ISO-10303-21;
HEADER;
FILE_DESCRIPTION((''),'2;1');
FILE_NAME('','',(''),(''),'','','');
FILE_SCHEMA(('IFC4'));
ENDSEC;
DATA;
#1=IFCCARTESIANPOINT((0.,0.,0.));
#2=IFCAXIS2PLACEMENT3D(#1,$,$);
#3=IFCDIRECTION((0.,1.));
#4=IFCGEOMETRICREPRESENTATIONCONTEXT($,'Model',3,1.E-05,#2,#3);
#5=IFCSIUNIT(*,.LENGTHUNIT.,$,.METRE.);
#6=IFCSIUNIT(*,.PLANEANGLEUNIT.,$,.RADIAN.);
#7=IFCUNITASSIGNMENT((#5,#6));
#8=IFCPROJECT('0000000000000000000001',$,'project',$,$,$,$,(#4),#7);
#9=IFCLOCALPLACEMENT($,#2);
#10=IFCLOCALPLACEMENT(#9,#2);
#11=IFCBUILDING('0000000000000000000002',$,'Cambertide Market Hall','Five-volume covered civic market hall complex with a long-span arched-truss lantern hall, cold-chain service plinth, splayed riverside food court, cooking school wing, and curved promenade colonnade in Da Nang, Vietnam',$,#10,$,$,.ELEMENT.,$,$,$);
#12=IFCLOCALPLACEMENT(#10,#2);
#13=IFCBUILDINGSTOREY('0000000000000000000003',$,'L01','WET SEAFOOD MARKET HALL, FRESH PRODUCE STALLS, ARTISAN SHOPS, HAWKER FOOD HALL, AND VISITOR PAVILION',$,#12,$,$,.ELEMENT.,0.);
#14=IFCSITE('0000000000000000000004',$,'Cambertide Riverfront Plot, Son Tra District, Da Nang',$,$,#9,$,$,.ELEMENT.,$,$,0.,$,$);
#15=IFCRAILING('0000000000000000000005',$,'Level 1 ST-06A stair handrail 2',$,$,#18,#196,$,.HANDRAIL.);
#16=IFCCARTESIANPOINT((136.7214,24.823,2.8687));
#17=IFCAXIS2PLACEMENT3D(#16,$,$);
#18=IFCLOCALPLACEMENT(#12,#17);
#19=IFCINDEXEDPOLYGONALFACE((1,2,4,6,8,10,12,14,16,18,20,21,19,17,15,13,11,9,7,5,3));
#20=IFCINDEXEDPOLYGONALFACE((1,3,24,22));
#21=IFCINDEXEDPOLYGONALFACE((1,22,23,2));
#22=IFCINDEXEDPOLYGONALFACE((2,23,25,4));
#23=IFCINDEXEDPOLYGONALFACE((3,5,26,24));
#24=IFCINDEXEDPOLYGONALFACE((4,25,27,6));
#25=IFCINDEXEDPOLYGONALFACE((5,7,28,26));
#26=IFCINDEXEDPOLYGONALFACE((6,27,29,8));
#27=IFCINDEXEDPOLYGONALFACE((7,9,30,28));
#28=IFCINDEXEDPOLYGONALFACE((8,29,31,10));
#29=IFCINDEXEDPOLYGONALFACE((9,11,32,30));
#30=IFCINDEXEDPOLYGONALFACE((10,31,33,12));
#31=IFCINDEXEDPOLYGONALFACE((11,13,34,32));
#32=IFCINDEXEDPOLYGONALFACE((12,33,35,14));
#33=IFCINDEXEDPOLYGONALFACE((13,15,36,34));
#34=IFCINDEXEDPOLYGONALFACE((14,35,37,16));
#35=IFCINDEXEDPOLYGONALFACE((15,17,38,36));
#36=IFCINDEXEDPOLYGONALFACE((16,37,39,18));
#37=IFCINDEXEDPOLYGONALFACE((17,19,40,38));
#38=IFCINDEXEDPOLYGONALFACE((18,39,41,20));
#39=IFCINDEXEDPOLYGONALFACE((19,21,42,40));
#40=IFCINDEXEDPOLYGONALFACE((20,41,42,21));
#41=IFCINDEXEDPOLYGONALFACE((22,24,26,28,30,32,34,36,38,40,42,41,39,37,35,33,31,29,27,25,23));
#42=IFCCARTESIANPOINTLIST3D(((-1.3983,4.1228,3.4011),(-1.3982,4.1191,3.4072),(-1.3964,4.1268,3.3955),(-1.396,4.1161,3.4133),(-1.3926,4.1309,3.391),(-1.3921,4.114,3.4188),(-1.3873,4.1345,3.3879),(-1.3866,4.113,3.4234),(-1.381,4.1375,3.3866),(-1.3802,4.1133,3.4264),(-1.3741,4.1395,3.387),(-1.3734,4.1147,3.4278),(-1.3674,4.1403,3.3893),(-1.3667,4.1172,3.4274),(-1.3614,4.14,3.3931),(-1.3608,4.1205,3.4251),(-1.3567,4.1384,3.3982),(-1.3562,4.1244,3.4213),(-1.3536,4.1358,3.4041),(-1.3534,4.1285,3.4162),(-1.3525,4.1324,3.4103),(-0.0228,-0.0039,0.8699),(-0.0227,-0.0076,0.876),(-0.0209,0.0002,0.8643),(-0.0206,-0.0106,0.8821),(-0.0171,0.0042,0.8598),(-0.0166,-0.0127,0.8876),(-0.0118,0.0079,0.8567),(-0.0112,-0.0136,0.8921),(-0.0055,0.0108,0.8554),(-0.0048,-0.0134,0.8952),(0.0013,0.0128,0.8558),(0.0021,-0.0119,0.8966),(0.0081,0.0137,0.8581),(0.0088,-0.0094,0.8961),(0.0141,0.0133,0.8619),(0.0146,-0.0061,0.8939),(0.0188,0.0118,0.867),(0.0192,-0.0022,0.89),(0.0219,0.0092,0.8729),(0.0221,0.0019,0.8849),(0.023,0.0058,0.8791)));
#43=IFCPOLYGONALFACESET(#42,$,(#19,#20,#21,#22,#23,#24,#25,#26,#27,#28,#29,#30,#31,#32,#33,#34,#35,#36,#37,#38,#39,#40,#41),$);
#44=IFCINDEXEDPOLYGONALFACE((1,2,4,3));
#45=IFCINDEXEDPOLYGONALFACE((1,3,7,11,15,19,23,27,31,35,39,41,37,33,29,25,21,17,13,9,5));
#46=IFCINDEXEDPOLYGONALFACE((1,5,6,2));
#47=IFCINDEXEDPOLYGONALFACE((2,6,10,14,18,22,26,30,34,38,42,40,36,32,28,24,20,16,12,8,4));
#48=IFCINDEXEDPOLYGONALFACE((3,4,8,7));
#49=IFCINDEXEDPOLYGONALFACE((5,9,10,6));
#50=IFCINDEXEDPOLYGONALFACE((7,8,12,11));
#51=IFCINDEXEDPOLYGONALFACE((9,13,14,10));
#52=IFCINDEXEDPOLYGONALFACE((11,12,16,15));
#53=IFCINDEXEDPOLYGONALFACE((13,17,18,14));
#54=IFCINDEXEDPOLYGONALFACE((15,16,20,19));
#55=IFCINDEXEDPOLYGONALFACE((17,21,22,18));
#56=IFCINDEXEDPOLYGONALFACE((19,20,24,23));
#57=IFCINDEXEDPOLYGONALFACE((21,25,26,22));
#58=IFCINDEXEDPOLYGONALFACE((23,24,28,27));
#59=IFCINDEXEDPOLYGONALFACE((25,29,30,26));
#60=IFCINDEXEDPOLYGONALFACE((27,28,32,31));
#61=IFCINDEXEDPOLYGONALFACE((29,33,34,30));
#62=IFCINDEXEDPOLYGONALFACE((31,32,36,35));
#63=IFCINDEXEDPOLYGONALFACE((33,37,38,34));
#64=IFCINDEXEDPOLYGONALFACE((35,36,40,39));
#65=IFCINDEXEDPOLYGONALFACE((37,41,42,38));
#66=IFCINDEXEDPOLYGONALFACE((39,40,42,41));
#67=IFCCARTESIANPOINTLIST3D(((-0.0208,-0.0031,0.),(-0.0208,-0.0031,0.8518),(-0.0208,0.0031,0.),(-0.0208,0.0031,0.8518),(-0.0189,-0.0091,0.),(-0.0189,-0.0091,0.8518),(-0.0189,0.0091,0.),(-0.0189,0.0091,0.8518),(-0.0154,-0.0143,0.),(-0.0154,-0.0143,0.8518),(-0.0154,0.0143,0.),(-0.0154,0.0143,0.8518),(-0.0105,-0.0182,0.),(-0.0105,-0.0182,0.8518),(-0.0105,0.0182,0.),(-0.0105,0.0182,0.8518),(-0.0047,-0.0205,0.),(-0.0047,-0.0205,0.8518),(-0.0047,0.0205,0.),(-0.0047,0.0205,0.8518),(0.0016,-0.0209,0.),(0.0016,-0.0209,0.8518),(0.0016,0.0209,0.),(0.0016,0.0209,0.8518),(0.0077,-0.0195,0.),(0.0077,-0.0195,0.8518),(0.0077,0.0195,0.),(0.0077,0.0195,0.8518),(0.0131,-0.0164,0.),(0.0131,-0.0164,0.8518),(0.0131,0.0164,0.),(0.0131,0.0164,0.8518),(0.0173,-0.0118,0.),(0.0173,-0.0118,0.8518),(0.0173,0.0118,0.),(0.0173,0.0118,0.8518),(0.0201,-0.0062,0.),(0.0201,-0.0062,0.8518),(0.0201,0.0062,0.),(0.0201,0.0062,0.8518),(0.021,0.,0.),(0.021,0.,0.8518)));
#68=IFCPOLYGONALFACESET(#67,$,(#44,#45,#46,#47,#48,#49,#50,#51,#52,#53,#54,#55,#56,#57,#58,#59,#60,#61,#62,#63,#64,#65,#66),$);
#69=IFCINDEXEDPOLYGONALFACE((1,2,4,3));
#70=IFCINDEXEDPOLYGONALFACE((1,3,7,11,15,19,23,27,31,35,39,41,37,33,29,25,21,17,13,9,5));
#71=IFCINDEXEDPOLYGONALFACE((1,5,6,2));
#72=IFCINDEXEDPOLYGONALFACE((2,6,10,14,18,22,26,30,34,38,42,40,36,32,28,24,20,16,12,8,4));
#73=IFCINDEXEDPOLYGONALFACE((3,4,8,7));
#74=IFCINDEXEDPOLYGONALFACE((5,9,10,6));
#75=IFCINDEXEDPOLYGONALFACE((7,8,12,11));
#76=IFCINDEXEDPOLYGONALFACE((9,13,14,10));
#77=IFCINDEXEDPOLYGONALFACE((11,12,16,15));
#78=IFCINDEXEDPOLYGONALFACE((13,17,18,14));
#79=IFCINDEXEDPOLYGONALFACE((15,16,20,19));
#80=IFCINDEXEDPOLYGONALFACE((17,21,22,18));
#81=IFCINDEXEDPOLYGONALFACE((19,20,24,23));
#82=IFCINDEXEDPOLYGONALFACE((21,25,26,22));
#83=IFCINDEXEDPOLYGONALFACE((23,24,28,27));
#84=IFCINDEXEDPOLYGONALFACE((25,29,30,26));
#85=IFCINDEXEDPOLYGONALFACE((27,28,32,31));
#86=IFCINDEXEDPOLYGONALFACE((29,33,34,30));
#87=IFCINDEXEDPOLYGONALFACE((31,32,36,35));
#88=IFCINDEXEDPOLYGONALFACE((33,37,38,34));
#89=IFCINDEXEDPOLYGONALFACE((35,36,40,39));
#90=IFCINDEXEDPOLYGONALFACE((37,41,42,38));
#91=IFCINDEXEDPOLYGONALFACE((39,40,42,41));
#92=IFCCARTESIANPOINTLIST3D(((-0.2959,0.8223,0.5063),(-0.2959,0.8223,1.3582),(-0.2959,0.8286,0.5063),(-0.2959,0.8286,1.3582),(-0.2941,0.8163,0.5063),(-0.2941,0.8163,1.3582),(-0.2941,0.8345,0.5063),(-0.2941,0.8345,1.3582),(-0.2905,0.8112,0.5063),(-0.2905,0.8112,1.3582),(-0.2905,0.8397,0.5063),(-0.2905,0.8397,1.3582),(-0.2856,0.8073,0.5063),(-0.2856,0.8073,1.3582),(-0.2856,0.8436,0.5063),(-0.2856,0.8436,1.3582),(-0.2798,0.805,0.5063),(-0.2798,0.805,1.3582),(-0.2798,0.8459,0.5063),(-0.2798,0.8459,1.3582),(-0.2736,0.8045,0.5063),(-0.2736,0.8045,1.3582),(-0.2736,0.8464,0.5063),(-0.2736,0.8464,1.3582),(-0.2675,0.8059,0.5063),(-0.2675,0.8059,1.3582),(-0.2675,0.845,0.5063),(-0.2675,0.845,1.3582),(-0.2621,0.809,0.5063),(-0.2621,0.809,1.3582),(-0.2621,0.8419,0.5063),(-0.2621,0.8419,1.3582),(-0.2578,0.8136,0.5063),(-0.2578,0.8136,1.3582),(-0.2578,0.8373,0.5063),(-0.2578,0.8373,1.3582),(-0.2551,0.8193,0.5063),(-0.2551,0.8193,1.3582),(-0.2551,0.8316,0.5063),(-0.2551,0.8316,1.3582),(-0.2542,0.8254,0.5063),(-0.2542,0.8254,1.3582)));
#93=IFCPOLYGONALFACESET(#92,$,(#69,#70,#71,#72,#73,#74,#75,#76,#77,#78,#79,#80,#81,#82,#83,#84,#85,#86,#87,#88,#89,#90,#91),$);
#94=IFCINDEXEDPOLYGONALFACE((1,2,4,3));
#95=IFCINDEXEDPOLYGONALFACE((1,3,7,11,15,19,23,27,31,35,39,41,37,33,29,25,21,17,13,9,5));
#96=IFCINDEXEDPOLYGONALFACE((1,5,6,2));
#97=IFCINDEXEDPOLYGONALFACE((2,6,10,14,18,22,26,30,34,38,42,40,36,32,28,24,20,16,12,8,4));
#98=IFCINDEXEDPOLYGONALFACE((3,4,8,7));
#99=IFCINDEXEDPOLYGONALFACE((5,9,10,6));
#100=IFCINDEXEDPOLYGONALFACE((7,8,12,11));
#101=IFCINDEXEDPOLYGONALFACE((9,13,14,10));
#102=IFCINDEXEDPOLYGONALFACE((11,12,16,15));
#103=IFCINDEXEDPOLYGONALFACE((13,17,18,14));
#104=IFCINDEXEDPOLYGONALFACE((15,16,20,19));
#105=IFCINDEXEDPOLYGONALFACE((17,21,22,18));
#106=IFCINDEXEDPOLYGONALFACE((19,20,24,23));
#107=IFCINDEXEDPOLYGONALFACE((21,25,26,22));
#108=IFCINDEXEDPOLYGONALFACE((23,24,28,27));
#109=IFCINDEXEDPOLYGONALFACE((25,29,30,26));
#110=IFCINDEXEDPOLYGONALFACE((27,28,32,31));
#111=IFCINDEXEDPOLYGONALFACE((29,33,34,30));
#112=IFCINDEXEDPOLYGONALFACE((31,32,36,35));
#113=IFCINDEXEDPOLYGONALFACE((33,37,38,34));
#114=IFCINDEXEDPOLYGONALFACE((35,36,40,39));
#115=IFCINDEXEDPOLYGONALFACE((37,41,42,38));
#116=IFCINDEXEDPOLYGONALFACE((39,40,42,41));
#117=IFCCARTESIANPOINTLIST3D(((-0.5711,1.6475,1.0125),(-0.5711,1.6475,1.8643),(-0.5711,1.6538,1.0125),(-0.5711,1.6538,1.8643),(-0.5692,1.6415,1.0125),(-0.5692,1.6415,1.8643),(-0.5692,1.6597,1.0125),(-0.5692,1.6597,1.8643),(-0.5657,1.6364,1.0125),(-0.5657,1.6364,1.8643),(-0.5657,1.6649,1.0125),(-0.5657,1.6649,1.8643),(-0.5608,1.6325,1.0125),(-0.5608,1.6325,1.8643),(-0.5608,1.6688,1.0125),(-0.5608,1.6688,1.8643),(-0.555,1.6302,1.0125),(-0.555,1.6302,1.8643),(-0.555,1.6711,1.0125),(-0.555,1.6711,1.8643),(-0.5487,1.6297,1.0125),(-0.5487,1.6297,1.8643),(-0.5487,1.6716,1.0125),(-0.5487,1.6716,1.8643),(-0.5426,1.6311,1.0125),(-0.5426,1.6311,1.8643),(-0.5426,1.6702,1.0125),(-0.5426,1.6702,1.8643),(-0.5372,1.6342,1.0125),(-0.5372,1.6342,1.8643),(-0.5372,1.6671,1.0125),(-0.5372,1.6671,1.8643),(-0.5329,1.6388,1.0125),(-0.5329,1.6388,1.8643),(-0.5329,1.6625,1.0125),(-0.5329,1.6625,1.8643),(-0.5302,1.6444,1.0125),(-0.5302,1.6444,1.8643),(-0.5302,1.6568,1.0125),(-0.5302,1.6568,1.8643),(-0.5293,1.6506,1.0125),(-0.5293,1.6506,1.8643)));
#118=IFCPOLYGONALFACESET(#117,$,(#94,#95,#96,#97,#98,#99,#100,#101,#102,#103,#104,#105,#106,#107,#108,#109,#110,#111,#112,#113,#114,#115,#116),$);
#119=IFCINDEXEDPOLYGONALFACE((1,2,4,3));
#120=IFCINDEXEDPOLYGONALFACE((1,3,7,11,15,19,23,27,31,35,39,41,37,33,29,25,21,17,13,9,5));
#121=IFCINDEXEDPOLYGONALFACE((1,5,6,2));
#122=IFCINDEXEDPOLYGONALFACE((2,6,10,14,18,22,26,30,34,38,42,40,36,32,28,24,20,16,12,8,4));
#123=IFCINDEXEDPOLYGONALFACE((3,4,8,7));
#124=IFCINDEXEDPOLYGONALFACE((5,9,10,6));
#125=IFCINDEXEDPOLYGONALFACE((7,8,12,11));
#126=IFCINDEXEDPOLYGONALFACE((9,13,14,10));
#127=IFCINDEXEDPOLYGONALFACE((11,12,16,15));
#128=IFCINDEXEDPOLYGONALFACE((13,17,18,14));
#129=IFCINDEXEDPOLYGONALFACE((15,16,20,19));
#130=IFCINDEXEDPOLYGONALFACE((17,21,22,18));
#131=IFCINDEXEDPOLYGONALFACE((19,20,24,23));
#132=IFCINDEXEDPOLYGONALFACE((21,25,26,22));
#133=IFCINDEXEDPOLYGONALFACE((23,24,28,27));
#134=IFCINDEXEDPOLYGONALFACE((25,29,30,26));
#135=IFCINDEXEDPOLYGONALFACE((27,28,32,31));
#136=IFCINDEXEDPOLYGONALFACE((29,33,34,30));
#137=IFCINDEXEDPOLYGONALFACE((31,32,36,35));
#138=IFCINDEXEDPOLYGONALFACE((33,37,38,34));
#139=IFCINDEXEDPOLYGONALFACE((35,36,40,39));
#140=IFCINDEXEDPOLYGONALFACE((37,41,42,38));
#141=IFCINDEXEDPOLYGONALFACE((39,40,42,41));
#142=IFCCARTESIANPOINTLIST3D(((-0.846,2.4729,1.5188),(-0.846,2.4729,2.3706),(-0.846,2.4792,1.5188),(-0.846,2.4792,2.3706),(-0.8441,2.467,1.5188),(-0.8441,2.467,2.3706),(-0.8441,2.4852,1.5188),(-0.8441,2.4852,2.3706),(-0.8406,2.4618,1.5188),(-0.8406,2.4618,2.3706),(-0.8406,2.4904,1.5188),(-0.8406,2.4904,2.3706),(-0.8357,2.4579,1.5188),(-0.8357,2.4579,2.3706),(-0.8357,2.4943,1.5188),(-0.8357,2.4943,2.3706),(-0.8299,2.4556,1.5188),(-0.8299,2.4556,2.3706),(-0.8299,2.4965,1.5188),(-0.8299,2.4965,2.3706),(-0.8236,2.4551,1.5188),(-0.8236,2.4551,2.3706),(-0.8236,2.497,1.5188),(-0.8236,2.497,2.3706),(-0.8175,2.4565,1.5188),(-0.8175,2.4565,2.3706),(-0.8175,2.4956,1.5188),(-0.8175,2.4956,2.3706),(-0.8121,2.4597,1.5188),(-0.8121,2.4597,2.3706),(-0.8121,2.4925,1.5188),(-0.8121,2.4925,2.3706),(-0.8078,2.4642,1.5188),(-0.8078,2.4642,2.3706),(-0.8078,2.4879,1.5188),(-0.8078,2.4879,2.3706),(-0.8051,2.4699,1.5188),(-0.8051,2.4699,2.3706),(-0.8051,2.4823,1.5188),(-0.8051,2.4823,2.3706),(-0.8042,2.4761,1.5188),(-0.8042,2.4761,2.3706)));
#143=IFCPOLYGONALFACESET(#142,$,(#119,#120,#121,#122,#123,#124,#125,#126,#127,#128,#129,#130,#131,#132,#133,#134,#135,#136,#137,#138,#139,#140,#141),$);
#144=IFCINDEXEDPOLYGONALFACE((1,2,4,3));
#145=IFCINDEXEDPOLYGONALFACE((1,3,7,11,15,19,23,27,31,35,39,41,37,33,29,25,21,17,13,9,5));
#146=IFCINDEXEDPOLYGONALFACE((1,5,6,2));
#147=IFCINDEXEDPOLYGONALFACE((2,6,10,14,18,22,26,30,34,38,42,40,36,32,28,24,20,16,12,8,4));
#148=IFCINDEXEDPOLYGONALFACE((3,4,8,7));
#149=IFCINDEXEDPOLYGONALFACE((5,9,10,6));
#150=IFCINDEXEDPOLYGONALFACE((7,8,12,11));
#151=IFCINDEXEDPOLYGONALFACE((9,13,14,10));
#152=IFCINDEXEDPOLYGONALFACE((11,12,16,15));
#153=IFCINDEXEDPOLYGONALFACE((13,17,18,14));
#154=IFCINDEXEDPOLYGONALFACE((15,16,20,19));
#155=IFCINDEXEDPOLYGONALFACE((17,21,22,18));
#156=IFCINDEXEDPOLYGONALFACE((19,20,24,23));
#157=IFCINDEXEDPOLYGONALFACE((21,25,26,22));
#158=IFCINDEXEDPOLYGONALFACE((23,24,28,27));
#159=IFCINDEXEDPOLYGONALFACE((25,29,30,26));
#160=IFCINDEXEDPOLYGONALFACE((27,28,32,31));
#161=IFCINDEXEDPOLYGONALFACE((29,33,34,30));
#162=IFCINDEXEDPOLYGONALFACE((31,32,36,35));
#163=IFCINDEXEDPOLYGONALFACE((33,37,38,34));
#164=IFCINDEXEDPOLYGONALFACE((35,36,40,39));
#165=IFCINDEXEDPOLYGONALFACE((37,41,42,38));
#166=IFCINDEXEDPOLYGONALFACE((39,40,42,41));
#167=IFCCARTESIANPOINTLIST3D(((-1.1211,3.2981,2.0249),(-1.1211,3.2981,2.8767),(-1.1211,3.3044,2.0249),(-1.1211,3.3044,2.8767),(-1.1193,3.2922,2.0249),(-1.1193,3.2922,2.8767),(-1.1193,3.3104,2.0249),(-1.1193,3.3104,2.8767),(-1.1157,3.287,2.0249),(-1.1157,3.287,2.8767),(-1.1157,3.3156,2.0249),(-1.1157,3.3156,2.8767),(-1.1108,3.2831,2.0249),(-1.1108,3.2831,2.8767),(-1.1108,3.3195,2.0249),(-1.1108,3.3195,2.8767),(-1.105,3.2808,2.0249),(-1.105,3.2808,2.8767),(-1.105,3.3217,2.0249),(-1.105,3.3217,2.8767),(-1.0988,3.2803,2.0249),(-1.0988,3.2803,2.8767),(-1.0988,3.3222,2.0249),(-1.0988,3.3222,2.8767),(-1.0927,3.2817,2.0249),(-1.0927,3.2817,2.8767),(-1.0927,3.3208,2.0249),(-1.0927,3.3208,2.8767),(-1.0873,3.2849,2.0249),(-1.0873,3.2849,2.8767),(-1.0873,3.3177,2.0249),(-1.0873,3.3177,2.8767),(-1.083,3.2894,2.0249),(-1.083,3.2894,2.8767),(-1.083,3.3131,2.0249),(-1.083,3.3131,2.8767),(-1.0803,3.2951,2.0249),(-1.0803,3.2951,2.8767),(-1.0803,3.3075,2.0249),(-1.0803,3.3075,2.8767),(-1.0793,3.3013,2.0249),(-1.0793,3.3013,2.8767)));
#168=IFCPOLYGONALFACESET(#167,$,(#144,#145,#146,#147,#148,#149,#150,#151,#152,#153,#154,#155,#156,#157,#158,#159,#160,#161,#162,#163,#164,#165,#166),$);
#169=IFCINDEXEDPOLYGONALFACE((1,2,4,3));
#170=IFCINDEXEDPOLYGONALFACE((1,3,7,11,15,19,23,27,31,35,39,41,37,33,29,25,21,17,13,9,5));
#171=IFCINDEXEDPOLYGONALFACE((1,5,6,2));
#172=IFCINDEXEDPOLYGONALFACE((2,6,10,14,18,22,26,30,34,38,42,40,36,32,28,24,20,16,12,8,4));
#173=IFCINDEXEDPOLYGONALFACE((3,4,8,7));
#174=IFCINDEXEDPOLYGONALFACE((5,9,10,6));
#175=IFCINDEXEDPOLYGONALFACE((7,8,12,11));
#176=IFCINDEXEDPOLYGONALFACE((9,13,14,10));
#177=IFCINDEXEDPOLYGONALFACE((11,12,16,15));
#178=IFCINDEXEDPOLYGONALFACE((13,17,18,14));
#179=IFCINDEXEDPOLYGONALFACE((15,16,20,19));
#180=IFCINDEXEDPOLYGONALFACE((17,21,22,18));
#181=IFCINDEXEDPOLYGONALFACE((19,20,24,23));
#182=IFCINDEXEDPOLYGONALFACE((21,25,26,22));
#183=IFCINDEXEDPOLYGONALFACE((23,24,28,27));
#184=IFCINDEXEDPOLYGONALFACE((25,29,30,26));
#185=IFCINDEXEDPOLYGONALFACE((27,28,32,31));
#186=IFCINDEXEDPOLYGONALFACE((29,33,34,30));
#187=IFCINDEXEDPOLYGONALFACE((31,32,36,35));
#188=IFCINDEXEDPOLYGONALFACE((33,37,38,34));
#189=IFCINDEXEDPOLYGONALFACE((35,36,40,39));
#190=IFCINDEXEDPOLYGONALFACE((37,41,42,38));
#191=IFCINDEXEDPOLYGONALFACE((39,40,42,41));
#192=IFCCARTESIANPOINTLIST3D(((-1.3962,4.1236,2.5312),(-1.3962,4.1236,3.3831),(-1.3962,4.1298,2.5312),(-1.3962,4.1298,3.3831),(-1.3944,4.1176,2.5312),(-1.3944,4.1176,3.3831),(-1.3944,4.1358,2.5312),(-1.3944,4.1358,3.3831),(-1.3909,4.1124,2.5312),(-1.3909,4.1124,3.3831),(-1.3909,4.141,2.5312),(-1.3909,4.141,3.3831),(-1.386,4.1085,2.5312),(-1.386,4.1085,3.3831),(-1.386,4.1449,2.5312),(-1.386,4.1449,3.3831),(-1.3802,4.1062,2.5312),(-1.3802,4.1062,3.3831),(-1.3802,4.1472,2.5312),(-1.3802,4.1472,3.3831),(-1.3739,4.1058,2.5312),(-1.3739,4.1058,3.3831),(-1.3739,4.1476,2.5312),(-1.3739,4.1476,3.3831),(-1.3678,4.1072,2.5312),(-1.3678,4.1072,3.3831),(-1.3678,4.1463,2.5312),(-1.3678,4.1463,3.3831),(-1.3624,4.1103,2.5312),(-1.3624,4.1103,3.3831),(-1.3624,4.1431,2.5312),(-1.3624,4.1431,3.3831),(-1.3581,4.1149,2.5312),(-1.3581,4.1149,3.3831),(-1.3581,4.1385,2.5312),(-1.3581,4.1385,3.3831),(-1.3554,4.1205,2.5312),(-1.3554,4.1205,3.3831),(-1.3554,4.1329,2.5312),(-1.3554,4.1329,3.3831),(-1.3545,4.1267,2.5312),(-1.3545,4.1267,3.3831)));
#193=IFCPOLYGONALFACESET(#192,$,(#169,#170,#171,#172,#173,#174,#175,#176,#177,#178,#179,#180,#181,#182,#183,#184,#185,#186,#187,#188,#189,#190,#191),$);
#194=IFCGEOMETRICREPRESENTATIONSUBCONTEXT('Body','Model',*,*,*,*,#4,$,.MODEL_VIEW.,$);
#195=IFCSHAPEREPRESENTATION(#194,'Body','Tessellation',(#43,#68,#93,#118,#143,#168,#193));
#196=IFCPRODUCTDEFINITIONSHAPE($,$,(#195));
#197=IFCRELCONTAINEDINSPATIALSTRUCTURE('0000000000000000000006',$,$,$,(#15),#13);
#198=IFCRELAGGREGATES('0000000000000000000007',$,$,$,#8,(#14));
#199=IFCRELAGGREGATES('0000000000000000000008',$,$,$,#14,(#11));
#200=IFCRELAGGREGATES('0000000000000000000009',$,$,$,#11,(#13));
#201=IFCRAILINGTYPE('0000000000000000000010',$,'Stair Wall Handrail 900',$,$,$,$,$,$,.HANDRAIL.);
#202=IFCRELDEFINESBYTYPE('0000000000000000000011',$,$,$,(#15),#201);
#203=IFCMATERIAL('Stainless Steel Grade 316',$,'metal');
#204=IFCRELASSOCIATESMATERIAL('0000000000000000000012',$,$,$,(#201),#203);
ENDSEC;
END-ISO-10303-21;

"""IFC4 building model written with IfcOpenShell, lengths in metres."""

from ifc_helpers import new_model, si_unit, direction, frame, origin, origin_2d, place, context, subcontext, project, spatial, circle, extrude, material, type_object, element, save


model = new_model("IFC4")

# Units and contexts
model_context = context("Model", 3, precision=1e-05, world=origin(), true_north=direction((0.0, 1.0)))
body_context = subcontext(model_context, "Body", "Model", "MODEL_VIEW")
ifc_project = project(units=[si_unit("LENGTHUNIT", "METRE"), si_unit("PLANEANGLEUNIT", "RADIAN")], contexts=[model_context])

# Site, building, storey
site_placement = place(None, origin())
site = spatial("IfcSite", under=ifc_project, at=site_placement, Name="Cambertide Riverfront Plot, Son Tra District, Da Nang", CompositionType="ELEMENT", RefElevation=0.0)
building_placement = place(site_placement, origin())
building = spatial("IfcBuilding", under=site, at=building_placement, Name="Cambertide Market Hall", Description="Five-volume covered civic market hall complex with a long-span arched-truss lantern hall, cold-chain service plinth, splayed riverside food court, cooking school wing, and curved promenade colonnade in Da Nang, Vietnam", CompositionType="ELEMENT")
storey_placement = place(building_placement, origin())
storey = spatial("IfcBuildingStorey", under=building, at=storey_placement, Name="L01", Description="WET SEAFOOD MARKET HALL, FRESH PRODUCE STALLS, ARTISAN SHOPS, HAWKER FOOD HALL, AND VISITOR PAVILION", CompositionType="ELEMENT", Elevation=0.0)

# Railing
ifc_material_1 = material(Name="Stainless Steel Grade 316", Category="metal")
railing_type_1 = type_object("IfcRailingType", Name="Stair Wall Handrail 900", PredefinedType="HANDRAIL", material=ifc_material_1)
railing_1_placement = place(storey_placement, frame((136.7214, 24.823, 2.8687)))
element("IfcRailing", 1, at=railing_1_placement, inside=storey, type_object=railing_type_1, Name="Level 1 ST-06A stair handrail 2", PredefinedType="HANDRAIL", context=body_context, shape_type="SweptSolid", body=[
    extrude(circle(Radius=0.0239, at=origin_2d()), frame((0.0, 0.0, 0.876), z_axis=(-0.273306, 0.819965, 0.502952), x_axis=(-0.948689, -0.316211, 0.0)), (0.0, 0.0, 1.0), 5.0327),
    extrude(circle(Radius=0.021, at=origin_2d()), origin(), (0.0, 0.0, 1.0), 0.8518),
    extrude(circle(Radius=0.021, at=origin_2d()), frame((-0.2751, 0.8254, 0.5063)), (0.0, 0.0, 1.0), 0.8518),
    extrude(circle(Radius=0.021, at=origin_2d()), frame((-0.5503, 1.6506, 1.0125)), (0.0, 0.0, 1.0), 0.8518),
    extrude(circle(Radius=0.021, at=origin_2d()), frame((-0.8252, 2.4761, 1.5188)), (0.0, 0.0, 1.0), 0.8518),
    extrude(circle(Radius=0.021, at=origin_2d()), frame((-1.1003, 3.3013, 2.0249)), (0.0, 0.0, 1.0), 0.8518),
    extrude(circle(Radius=0.021, at=origin_2d()), frame((-1.3755, 4.1267, 2.5312)), (0.0, 0.0, 1.0), 0.8518),
])

save(model, "model.ifc")
